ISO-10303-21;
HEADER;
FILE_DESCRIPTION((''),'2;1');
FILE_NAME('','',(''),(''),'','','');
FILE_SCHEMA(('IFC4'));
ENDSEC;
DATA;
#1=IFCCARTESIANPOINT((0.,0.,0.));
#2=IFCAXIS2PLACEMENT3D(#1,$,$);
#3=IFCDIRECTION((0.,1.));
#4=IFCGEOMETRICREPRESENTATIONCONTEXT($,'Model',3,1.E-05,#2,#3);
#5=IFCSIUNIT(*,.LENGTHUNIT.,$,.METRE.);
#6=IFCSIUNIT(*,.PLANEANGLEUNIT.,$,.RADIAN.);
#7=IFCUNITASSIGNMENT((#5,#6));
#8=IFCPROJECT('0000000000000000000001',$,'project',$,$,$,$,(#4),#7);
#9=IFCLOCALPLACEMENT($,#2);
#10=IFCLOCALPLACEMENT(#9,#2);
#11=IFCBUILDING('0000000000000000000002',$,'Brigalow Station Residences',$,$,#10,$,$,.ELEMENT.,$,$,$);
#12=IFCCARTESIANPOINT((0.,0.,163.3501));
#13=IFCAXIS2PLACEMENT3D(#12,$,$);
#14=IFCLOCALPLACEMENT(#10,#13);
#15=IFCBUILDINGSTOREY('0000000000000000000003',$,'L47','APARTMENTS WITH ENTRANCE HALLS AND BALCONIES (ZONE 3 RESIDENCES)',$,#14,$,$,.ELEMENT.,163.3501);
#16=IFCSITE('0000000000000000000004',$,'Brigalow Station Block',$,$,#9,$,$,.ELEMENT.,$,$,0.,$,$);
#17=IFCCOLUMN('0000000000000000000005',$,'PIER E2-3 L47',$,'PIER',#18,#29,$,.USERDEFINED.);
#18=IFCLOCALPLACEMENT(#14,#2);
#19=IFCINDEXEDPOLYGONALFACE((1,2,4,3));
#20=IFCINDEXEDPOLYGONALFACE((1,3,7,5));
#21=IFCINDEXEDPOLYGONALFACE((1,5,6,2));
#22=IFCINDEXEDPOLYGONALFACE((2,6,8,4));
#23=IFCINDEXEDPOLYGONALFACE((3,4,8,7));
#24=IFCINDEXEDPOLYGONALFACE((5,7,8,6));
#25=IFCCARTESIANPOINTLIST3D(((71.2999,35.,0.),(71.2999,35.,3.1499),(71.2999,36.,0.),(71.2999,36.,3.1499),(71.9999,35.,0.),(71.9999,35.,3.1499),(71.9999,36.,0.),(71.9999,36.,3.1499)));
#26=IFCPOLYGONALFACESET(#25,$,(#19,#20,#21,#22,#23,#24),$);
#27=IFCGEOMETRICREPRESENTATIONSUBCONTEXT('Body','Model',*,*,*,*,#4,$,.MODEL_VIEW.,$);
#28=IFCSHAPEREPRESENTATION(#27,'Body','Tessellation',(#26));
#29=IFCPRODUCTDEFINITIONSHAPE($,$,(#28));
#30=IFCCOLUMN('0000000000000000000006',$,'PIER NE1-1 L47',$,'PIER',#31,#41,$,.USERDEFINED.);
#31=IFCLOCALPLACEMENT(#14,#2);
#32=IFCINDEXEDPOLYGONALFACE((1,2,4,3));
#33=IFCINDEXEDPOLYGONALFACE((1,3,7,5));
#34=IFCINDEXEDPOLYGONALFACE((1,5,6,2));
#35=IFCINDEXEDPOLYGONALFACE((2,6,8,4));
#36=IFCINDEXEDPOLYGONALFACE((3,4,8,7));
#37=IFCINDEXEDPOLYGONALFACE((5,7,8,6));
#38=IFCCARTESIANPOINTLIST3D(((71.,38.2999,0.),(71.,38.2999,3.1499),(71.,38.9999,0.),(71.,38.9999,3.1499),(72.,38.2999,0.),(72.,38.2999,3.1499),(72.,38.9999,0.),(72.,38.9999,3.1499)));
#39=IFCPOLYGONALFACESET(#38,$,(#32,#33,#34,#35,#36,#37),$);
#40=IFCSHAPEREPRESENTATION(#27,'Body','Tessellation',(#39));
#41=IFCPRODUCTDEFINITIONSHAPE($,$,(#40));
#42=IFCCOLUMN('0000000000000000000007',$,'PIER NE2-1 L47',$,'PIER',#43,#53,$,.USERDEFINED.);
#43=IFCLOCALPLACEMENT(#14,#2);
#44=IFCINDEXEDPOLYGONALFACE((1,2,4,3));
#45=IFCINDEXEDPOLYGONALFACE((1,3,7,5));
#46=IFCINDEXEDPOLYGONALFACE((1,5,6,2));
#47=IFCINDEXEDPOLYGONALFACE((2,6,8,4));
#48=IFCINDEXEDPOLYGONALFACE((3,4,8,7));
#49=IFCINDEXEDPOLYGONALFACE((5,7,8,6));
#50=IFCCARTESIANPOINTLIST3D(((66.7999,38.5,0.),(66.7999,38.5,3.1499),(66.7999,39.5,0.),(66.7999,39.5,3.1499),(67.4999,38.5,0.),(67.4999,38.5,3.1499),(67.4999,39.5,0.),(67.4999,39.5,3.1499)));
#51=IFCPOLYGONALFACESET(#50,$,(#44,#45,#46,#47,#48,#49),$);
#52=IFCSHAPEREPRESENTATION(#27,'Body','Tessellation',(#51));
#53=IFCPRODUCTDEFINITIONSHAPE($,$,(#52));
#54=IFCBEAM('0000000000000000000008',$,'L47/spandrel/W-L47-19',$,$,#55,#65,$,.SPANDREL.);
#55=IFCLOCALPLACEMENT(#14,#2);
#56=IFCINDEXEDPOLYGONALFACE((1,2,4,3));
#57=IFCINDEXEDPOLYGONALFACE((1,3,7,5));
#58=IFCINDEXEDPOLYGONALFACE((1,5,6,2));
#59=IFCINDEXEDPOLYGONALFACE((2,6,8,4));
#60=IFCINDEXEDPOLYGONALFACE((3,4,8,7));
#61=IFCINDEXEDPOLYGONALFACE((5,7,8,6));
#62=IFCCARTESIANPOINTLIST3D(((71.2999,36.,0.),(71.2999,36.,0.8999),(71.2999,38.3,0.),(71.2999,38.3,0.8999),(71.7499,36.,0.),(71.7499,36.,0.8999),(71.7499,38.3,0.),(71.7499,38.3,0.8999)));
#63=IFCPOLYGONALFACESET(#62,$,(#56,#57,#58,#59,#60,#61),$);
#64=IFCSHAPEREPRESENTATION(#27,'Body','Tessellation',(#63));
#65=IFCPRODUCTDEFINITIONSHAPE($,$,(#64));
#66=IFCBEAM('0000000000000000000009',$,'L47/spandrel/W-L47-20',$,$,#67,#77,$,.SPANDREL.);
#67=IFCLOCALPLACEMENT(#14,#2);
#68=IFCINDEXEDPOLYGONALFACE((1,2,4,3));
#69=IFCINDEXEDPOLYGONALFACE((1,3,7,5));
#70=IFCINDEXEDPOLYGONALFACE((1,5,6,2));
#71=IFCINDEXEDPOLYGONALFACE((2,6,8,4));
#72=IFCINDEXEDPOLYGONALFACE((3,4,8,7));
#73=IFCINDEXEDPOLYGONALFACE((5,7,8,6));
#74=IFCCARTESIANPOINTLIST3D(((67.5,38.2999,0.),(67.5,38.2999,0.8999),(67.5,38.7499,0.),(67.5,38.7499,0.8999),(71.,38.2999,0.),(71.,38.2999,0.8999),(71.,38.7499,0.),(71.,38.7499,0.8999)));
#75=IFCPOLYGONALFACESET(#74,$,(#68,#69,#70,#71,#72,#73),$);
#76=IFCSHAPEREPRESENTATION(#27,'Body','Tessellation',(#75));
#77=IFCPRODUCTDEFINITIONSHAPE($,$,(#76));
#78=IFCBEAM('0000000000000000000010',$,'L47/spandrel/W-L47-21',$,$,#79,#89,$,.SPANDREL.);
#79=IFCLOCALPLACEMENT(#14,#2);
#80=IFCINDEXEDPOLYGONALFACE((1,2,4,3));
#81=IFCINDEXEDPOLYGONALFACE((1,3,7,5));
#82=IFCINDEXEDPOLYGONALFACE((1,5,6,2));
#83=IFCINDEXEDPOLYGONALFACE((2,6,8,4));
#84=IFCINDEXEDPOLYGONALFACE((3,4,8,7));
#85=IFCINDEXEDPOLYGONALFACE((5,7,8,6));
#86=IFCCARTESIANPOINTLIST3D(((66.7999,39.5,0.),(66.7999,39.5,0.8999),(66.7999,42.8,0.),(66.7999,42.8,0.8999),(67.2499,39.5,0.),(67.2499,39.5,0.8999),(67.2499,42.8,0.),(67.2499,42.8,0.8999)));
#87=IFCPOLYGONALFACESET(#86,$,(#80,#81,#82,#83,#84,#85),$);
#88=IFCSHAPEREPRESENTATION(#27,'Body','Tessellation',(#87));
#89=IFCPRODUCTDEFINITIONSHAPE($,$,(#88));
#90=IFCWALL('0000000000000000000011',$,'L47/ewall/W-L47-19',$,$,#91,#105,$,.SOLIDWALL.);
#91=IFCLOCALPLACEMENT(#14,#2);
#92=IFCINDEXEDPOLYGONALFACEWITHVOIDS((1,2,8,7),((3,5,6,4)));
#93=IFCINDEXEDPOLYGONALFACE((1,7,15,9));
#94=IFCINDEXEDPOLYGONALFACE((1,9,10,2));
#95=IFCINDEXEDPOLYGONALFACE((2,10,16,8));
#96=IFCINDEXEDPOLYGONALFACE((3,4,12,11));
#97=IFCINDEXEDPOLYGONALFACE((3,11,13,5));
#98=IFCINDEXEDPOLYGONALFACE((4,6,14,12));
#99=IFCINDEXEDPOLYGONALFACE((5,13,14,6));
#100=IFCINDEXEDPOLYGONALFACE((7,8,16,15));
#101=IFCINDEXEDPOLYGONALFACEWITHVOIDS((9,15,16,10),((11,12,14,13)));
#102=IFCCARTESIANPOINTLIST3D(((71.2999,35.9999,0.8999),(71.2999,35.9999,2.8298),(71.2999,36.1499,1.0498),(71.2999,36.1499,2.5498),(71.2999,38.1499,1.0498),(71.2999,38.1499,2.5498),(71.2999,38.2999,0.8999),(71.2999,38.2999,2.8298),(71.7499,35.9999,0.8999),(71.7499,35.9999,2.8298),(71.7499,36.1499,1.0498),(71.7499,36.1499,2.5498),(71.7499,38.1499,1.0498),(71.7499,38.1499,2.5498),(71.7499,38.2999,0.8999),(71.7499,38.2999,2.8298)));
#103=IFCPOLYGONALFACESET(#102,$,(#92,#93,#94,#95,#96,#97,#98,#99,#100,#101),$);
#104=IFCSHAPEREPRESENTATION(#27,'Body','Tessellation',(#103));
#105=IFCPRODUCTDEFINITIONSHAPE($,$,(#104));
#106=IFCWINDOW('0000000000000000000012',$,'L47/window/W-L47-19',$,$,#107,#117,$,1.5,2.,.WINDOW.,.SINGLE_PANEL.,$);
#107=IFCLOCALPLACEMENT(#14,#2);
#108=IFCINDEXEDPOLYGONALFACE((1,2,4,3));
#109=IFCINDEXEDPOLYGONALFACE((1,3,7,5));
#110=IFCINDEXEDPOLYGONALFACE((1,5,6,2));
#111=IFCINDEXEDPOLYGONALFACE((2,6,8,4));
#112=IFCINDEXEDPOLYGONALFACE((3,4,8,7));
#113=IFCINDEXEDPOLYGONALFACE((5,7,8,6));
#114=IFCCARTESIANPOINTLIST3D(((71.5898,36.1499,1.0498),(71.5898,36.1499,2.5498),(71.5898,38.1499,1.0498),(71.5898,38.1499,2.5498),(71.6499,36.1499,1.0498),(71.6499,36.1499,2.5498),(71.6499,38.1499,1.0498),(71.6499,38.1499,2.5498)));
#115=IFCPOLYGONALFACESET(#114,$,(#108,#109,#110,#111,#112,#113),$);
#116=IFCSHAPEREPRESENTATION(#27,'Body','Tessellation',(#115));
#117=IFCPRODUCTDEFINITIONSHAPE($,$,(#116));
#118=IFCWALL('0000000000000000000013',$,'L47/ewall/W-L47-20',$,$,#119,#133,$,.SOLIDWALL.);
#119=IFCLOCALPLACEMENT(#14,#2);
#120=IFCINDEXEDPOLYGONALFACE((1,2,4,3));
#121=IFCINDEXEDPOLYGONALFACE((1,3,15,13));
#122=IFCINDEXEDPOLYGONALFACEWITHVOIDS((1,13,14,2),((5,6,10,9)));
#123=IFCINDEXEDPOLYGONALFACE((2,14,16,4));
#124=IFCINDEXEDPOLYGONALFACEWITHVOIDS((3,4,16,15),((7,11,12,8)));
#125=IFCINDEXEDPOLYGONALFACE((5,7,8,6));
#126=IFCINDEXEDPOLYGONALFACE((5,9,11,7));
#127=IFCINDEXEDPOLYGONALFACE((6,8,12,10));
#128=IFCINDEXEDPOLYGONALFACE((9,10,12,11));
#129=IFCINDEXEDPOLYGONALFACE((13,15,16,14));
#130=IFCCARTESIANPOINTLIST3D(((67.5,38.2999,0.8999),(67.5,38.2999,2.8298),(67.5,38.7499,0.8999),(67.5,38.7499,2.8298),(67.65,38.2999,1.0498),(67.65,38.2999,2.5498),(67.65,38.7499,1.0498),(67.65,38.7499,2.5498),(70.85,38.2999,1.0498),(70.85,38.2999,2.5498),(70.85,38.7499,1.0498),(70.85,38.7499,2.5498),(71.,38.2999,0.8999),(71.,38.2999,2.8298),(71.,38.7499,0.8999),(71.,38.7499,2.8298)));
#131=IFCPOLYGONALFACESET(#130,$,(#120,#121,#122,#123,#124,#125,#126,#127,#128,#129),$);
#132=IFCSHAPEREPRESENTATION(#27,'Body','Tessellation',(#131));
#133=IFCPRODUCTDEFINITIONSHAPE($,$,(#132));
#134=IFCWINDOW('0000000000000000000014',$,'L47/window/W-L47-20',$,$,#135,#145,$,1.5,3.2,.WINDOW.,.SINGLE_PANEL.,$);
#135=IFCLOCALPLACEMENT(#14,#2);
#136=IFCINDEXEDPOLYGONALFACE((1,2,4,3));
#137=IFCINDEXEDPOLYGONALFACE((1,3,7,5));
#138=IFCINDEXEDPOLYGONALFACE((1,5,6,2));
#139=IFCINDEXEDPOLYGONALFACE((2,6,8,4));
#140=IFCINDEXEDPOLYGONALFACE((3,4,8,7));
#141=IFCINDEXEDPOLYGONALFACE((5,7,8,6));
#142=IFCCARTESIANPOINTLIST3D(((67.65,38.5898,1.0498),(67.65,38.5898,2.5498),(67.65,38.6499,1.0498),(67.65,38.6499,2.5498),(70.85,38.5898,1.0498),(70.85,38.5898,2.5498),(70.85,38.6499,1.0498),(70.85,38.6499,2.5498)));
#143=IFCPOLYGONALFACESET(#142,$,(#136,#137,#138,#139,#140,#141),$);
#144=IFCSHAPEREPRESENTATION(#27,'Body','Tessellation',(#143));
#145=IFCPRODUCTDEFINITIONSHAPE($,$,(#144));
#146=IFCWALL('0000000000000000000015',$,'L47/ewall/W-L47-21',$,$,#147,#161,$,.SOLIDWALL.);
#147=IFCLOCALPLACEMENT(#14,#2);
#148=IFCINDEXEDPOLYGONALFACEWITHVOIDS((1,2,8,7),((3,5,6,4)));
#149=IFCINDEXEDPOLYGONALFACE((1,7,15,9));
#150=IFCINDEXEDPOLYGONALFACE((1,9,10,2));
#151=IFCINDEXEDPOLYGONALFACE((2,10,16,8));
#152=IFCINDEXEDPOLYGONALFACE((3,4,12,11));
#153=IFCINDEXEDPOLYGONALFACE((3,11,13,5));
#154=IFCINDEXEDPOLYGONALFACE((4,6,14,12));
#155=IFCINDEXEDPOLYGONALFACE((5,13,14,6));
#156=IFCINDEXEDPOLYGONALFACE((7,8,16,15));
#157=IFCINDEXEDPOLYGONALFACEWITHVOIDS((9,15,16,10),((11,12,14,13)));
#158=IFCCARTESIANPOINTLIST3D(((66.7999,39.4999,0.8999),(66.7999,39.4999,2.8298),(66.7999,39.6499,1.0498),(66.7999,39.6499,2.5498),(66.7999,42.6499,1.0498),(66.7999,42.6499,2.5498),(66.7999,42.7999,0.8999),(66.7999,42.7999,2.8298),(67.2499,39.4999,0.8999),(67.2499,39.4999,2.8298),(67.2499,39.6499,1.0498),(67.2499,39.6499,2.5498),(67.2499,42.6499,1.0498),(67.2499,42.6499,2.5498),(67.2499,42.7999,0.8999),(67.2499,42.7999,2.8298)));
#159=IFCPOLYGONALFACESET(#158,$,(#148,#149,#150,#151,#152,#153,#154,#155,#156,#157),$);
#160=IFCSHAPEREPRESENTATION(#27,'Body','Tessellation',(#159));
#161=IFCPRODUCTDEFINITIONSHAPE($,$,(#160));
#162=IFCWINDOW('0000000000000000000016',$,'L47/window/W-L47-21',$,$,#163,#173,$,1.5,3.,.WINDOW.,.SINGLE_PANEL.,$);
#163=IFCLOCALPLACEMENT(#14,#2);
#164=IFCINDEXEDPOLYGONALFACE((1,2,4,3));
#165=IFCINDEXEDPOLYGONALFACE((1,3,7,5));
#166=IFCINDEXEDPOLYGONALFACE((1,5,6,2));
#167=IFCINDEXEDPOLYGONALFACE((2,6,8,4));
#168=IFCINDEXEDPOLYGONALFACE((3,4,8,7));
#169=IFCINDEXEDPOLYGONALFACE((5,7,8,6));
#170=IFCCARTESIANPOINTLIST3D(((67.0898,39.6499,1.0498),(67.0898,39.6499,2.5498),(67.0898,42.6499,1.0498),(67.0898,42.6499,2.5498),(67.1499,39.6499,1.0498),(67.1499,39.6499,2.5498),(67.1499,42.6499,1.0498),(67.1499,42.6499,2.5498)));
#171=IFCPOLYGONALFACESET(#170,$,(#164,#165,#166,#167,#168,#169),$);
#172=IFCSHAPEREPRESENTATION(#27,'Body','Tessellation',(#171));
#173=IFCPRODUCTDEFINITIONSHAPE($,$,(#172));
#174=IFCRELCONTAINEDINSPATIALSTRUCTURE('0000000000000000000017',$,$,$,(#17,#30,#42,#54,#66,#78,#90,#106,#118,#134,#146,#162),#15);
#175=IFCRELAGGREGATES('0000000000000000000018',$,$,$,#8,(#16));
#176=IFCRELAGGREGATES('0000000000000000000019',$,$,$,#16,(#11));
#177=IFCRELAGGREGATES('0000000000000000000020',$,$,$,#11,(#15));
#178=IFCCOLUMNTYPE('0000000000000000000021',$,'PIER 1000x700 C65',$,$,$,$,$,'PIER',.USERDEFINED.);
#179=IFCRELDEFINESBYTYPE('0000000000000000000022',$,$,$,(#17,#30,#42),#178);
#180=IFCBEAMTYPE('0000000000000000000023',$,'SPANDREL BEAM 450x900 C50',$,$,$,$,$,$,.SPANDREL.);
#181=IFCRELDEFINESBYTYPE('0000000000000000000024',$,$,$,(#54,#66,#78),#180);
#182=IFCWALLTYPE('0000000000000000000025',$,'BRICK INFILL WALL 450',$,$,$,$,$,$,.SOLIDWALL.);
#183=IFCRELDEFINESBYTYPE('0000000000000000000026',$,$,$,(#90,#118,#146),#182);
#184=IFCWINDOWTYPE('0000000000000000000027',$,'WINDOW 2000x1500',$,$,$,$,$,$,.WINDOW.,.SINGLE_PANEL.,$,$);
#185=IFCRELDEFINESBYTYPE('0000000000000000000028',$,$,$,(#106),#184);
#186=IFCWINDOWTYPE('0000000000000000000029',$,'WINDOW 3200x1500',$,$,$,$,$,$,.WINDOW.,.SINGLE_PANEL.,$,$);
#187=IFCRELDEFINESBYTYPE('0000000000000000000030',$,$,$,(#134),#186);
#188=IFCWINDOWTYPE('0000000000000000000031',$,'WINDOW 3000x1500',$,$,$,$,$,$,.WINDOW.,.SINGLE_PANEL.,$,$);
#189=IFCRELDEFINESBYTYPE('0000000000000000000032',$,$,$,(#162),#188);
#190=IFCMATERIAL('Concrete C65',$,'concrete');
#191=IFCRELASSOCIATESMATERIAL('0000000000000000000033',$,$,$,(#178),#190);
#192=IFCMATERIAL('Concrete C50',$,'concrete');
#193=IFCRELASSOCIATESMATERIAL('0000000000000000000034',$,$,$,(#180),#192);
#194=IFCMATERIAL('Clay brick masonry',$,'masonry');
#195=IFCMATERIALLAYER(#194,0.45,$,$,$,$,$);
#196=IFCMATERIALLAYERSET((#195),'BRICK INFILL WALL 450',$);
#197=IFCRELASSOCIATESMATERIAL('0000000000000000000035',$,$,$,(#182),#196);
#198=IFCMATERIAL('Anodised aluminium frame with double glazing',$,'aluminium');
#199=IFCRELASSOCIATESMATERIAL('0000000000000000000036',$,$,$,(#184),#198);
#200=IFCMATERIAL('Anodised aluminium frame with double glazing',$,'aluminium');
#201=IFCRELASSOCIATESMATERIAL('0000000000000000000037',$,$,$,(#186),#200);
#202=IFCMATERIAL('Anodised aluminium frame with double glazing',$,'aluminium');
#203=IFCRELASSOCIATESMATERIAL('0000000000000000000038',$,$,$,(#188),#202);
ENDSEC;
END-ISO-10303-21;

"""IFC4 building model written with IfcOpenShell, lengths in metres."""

from ifc_helpers import new_model, si_unit, direction, frame, frame_2d, origin, origin_2d, place, context, subcontext, project, spatial, rectangle, extrude, material, layer, layer_set, material_profile, profile_set, type_object, element, fill, save


model = new_model("IFC4")

# Units and contexts
model_context = context("Model", 3, precision=1e-05, world=origin(), true_north=direction((0.0, 1.0)))
body_context = subcontext(model_context, "Body", "Model", "MODEL_VIEW")
ifc_project = project(units=[si_unit("LENGTHUNIT", "METRE"), si_unit("PLANEANGLEUNIT", "RADIAN")], contexts=[model_context])

# Site, building, storey
site_placement = place(None, origin())
site = spatial("IfcSite", under=ifc_project, at=site_placement, Name="Brigalow Station Block", CompositionType="ELEMENT", RefElevation=0.0)
building_placement = place(site_placement, origin())
building = spatial("IfcBuilding", under=site, at=building_placement, Name="Brigalow Station Residences", CompositionType="ELEMENT")
storey_placement = place(building_placement, frame((0.0, 0.0, 163.3501)))
storey = spatial("IfcBuildingStorey", under=building, at=storey_placement, Name="L47", Description="APARTMENTS WITH ENTRANCE HALLS AND BALCONIES (ZONE 3 RESIDENCES)", CompositionType="ELEMENT", Elevation=163.3501)

# Columns
ifc_material_1 = material(Name="Concrete C65", Category="concrete")
ifc_material_profile_1 = material_profile(ifc_material_1, rectangle(XDim=1.0, YDim=0.7, at=origin_2d()), Name="RC1000x700")
ifc_profile_set_1 = profile_set([ifc_material_profile_1], Name="Concrete C65")
column_type = type_object("IfcColumnType", Name="PIER 1000x700 C65", ElementType="PIER", PredefinedType="USERDEFINED", material=ifc_profile_set_1)
for number, where, z_axis, x_axis, name in (
    (1, (71.6499, 35.5, 0.0), (0.0, 0.0, 1.0), (0.0, 1.0, 0.0), "PIER E2-3 L47"),
    (2, (71.5, 38.6499, 0.0), (0.0, 0.0, 1.0), (-1.0, 0.0, 0.0), "PIER NE1-1 L47"),
    (3, (67.1499, 39.0, 0.0), (0.0, 0.0, 1.0), (0.0, 1.0, 0.0), "PIER NE2-1 L47"),
):
    element("IfcColumn", number, at=place(storey_placement, frame(where, z_axis=z_axis, x_axis=x_axis)), inside=storey, type_object=column_type, Name=name, ObjectType="PIER", PredefinedType="USERDEFINED", context=body_context, shape_type="SweptSolid", body=[
        extrude(rectangle(XDim=1.0, YDim=0.7, at=origin_2d()), origin(), (0.0, 0.0, 1.0), 3.1499),
    ])

# Beams
ifc_material_2 = material(Name="Concrete C50", Category="concrete")
ifc_material_profile_2 = material_profile(ifc_material_2, rectangle(XDim=0.45, YDim=0.8999, at=origin_2d()), Name="RC450x900")
ifc_profile_set_2 = profile_set([ifc_material_profile_2], Name="Concrete C50")
beam_type = type_object("IfcBeamType", Name="SPANDREL BEAM 450x900 C50", PredefinedType="SPANDREL", material=ifc_profile_set_2)
beam_1_placement = place(storey_placement, frame((71.5249, 36.0, 0.45), z_axis=(0.0, 1.0, 0.0), x_axis=(-1.0, 0.0, 0.0)))
element("IfcBeam", 4, at=beam_1_placement, inside=storey, type_object=beam_type, Name="L47/spandrel/W-L47-19", PredefinedType="SPANDREL", context=body_context, shape_type="SweptSolid", body=[
    extrude(rectangle(XDim=0.45, YDim=0.8999, at=origin_2d()), origin(), (0.0, 0.0, 1.0), 2.3),
])
beam_2_placement = place(storey_placement, frame((71.0, 38.5249, 0.45), z_axis=(-1.0, 0.0, 0.0), x_axis=(0.0, -1.0, 0.0)))
element("IfcBeam", 5, at=beam_2_placement, inside=storey, type_object=beam_type, Name="L47/spandrel/W-L47-20", PredefinedType="SPANDREL", context=body_context, shape_type="SweptSolid", body=[
    extrude(rectangle(XDim=0.45, YDim=0.8999, at=origin_2d()), origin(), (0.0, 0.0, 1.0), 3.5),
])
beam_3_placement = place(storey_placement, frame((67.0249, 39.5, 0.45), z_axis=(0.0, 1.0, 0.0), x_axis=(-1.0, 0.0, 0.0)))
element("IfcBeam", 6, at=beam_3_placement, inside=storey, type_object=beam_type, Name="L47/spandrel/W-L47-21", PredefinedType="SPANDREL", context=body_context, shape_type="SweptSolid", body=[
    extrude(rectangle(XDim=0.45, YDim=0.8999, at=origin_2d()), origin(), (0.0, 0.0, 1.0), 3.3),
])

# Walls, openings, windows
ifc_material_3 = material(Name="Clay brick masonry", Category="masonry")
ifc_layer_1 = layer(ifc_material_3, 0.45)
ifc_layer_set_1 = layer_set([ifc_layer_1], Name="BRICK INFILL WALL 450")
wall_type_1 = type_object("IfcWallType", Name="BRICK INFILL WALL 450", PredefinedType="SOLIDWALL", material=ifc_layer_set_1)
wall_1_placement = place(storey_placement, frame((71.5249, 36.0, 0.8999), z_axis=(0.0, 0.0, 1.0), x_axis=(0.0, 1.0, 0.0)))
wall_1 = element("IfcWall", 7, at=wall_1_placement, inside=storey, type_object=wall_type_1, Name="L47/ewall/W-L47-19", PredefinedType="SOLIDWALL", context=body_context, shape_type="SweptSolid", body=[
    extrude(rectangle(XDim=2.3, YDim=0.45, at=frame_2d((1.1499, 0.0))), origin(), (0.0, 0.0, 1.0), 1.9299),
])
opening_1_placement = place(wall_1_placement, frame((0.1499, 0.0, 0.1499)))
opening_1 = element("IfcOpeningElement", 8, at=opening_1_placement, cuts=wall_1, PredefinedType="OPENING", context=body_context, shape_type="SweptSolid", body=[
    extrude(rectangle(XDim=2.0, YDim=1.5, at=frame_2d((1.0, 0.75))), frame((0.0, 0.2349, 0.0), z_axis=(0.0, -1.0, 0.0), x_axis=(1.0, 0.0, 0.0)), (0.0, 0.0, 1.0), 0.47),
])
ifc_material_4 = material(Name="Anodised aluminium frame with double glazing", Category="aluminium")
window_type_1 = type_object("IfcWindowType", Name="WINDOW 2000x1500", PartitioningType="SINGLE_PANEL", PredefinedType="WINDOW", material=ifc_material_4)
window_1_placement = place(opening_1_placement, origin())
window_1 = element("IfcWindow", 9, at=window_1_placement, inside=storey, type_object=window_type_1, Name="L47/window/W-L47-19", OverallHeight=1.5, OverallWidth=2.0, PartitioningType="SINGLE_PANEL", PredefinedType="WINDOW", context=body_context, shape_type="SweptSolid", body=[
    extrude(rectangle(XDim=2.0, YDim=1.5, at=frame_2d((1.0, 0.75))), frame((0.0, -0.0649, 0.0), z_axis=(0.0, -1.0, 0.0), x_axis=(1.0, 0.0, 0.0)), (0.0, 0.0, 1.0), 0.0601),
])
fill(opening_1, window_1)
wall_2_placement = place(storey_placement, frame((71.0, 38.5249, 0.8999), z_axis=(0.0, 0.0, 1.0), x_axis=(-1.0, 0.0, 0.0)))
wall_2 = element("IfcWall", 10, at=wall_2_placement, inside=storey, type_object=wall_type_1, Name="L47/ewall/W-L47-20", PredefinedType="SOLIDWALL", context=body_context, shape_type="SweptSolid", body=[
    extrude(rectangle(XDim=3.5, YDim=0.45, at=frame_2d((1.75, 0.0))), origin(), (0.0, 0.0, 1.0), 1.9299),
])
opening_2_placement = place(wall_2_placement, frame((0.1499, 0.0, 0.1499)))
opening_2 = element("IfcOpeningElement", 11, at=opening_2_placement, cuts=wall_2, PredefinedType="OPENING", context=body_context, shape_type="SweptSolid", body=[
    extrude(rectangle(XDim=3.2, YDim=1.5, at=frame_2d((1.6001, 0.75))), frame((0.0, 0.2349, 0.0), z_axis=(0.0, -1.0, 0.0), x_axis=(1.0, 0.0, 0.0)), (0.0, 0.0, 1.0), 0.47),
])
ifc_material_5 = material(Name="Anodised aluminium frame with double glazing", Category="aluminium")
window_type_2 = type_object("IfcWindowType", Name="WINDOW 3200x1500", PartitioningType="SINGLE_PANEL", PredefinedType="WINDOW", material=ifc_material_5)
window_2_placement = place(opening_2_placement, origin())
window_2 = element("IfcWindow", 12, at=window_2_placement, inside=storey, type_object=window_type_2, Name="L47/window/W-L47-20", OverallHeight=1.5, OverallWidth=3.2, PartitioningType="SINGLE_PANEL", PredefinedType="WINDOW", context=body_context, shape_type="SweptSolid", body=[
    extrude(rectangle(XDim=3.2, YDim=1.5, at=frame_2d((1.6001, 0.75))), frame((0.0, -0.0649, 0.0), z_axis=(0.0, -1.0, 0.0), x_axis=(1.0, 0.0, 0.0)), (0.0, 0.0, 1.0), 0.0601),
])
fill(opening_2, window_2)
wall_3_placement = place(storey_placement, frame((67.0249, 39.5, 0.8999), z_axis=(0.0, 0.0, 1.0), x_axis=(0.0, 1.0, 0.0)))
wall_3 = element("IfcWall", 13, at=wall_3_placement, inside=storey, type_object=wall_type_1, Name="L47/ewall/W-L47-21", PredefinedType="SOLIDWALL", context=body_context, shape_type="SweptSolid", body=[
    extrude(rectangle(XDim=3.3, YDim=0.45, at=frame_2d((1.6499, 0.0))), origin(), (0.0, 0.0, 1.0), 1.9299),
])
opening_3_placement = place(wall_3_placement, frame((0.1499, 0.0, 0.1499)))
opening_3 = element("IfcOpeningElement", 14, at=opening_3_placement, cuts=wall_3, PredefinedType="OPENING", context=body_context, shape_type="SweptSolid", body=[
    extrude(rectangle(XDim=3.0, YDim=1.5, at=frame_2d((1.5, 0.75))), frame((0.0, 0.2349, 0.0), z_axis=(0.0, -1.0, 0.0), x_axis=(1.0, 0.0, 0.0)), (0.0, 0.0, 1.0), 0.47),
])
ifc_material_6 = material(Name="Anodised aluminium frame with double glazing", Category="aluminium")
window_type_3 = type_object("IfcWindowType", Name="WINDOW 3000x1500", PartitioningType="SINGLE_PANEL", PredefinedType="WINDOW", material=ifc_material_6)
window_3_placement = place(opening_3_placement, origin())
window_3 = element("IfcWindow", 15, at=window_3_placement, inside=storey, type_object=window_type_3, Name="L47/window/W-L47-21", OverallHeight=1.5, OverallWidth=3.0, PartitioningType="SINGLE_PANEL", PredefinedType="WINDOW", context=body_context, shape_type="SweptSolid", body=[
    extrude(rectangle(XDim=3.0, YDim=1.5, at=frame_2d((1.5, 0.75))), frame((0.0, -0.0649, 0.0), z_axis=(0.0, -1.0, 0.0), x_axis=(1.0, 0.0, 0.0)), (0.0, 0.0, 1.0), 0.0601),
])
fill(opening_3, window_3)

save(model, "model.ifc")
